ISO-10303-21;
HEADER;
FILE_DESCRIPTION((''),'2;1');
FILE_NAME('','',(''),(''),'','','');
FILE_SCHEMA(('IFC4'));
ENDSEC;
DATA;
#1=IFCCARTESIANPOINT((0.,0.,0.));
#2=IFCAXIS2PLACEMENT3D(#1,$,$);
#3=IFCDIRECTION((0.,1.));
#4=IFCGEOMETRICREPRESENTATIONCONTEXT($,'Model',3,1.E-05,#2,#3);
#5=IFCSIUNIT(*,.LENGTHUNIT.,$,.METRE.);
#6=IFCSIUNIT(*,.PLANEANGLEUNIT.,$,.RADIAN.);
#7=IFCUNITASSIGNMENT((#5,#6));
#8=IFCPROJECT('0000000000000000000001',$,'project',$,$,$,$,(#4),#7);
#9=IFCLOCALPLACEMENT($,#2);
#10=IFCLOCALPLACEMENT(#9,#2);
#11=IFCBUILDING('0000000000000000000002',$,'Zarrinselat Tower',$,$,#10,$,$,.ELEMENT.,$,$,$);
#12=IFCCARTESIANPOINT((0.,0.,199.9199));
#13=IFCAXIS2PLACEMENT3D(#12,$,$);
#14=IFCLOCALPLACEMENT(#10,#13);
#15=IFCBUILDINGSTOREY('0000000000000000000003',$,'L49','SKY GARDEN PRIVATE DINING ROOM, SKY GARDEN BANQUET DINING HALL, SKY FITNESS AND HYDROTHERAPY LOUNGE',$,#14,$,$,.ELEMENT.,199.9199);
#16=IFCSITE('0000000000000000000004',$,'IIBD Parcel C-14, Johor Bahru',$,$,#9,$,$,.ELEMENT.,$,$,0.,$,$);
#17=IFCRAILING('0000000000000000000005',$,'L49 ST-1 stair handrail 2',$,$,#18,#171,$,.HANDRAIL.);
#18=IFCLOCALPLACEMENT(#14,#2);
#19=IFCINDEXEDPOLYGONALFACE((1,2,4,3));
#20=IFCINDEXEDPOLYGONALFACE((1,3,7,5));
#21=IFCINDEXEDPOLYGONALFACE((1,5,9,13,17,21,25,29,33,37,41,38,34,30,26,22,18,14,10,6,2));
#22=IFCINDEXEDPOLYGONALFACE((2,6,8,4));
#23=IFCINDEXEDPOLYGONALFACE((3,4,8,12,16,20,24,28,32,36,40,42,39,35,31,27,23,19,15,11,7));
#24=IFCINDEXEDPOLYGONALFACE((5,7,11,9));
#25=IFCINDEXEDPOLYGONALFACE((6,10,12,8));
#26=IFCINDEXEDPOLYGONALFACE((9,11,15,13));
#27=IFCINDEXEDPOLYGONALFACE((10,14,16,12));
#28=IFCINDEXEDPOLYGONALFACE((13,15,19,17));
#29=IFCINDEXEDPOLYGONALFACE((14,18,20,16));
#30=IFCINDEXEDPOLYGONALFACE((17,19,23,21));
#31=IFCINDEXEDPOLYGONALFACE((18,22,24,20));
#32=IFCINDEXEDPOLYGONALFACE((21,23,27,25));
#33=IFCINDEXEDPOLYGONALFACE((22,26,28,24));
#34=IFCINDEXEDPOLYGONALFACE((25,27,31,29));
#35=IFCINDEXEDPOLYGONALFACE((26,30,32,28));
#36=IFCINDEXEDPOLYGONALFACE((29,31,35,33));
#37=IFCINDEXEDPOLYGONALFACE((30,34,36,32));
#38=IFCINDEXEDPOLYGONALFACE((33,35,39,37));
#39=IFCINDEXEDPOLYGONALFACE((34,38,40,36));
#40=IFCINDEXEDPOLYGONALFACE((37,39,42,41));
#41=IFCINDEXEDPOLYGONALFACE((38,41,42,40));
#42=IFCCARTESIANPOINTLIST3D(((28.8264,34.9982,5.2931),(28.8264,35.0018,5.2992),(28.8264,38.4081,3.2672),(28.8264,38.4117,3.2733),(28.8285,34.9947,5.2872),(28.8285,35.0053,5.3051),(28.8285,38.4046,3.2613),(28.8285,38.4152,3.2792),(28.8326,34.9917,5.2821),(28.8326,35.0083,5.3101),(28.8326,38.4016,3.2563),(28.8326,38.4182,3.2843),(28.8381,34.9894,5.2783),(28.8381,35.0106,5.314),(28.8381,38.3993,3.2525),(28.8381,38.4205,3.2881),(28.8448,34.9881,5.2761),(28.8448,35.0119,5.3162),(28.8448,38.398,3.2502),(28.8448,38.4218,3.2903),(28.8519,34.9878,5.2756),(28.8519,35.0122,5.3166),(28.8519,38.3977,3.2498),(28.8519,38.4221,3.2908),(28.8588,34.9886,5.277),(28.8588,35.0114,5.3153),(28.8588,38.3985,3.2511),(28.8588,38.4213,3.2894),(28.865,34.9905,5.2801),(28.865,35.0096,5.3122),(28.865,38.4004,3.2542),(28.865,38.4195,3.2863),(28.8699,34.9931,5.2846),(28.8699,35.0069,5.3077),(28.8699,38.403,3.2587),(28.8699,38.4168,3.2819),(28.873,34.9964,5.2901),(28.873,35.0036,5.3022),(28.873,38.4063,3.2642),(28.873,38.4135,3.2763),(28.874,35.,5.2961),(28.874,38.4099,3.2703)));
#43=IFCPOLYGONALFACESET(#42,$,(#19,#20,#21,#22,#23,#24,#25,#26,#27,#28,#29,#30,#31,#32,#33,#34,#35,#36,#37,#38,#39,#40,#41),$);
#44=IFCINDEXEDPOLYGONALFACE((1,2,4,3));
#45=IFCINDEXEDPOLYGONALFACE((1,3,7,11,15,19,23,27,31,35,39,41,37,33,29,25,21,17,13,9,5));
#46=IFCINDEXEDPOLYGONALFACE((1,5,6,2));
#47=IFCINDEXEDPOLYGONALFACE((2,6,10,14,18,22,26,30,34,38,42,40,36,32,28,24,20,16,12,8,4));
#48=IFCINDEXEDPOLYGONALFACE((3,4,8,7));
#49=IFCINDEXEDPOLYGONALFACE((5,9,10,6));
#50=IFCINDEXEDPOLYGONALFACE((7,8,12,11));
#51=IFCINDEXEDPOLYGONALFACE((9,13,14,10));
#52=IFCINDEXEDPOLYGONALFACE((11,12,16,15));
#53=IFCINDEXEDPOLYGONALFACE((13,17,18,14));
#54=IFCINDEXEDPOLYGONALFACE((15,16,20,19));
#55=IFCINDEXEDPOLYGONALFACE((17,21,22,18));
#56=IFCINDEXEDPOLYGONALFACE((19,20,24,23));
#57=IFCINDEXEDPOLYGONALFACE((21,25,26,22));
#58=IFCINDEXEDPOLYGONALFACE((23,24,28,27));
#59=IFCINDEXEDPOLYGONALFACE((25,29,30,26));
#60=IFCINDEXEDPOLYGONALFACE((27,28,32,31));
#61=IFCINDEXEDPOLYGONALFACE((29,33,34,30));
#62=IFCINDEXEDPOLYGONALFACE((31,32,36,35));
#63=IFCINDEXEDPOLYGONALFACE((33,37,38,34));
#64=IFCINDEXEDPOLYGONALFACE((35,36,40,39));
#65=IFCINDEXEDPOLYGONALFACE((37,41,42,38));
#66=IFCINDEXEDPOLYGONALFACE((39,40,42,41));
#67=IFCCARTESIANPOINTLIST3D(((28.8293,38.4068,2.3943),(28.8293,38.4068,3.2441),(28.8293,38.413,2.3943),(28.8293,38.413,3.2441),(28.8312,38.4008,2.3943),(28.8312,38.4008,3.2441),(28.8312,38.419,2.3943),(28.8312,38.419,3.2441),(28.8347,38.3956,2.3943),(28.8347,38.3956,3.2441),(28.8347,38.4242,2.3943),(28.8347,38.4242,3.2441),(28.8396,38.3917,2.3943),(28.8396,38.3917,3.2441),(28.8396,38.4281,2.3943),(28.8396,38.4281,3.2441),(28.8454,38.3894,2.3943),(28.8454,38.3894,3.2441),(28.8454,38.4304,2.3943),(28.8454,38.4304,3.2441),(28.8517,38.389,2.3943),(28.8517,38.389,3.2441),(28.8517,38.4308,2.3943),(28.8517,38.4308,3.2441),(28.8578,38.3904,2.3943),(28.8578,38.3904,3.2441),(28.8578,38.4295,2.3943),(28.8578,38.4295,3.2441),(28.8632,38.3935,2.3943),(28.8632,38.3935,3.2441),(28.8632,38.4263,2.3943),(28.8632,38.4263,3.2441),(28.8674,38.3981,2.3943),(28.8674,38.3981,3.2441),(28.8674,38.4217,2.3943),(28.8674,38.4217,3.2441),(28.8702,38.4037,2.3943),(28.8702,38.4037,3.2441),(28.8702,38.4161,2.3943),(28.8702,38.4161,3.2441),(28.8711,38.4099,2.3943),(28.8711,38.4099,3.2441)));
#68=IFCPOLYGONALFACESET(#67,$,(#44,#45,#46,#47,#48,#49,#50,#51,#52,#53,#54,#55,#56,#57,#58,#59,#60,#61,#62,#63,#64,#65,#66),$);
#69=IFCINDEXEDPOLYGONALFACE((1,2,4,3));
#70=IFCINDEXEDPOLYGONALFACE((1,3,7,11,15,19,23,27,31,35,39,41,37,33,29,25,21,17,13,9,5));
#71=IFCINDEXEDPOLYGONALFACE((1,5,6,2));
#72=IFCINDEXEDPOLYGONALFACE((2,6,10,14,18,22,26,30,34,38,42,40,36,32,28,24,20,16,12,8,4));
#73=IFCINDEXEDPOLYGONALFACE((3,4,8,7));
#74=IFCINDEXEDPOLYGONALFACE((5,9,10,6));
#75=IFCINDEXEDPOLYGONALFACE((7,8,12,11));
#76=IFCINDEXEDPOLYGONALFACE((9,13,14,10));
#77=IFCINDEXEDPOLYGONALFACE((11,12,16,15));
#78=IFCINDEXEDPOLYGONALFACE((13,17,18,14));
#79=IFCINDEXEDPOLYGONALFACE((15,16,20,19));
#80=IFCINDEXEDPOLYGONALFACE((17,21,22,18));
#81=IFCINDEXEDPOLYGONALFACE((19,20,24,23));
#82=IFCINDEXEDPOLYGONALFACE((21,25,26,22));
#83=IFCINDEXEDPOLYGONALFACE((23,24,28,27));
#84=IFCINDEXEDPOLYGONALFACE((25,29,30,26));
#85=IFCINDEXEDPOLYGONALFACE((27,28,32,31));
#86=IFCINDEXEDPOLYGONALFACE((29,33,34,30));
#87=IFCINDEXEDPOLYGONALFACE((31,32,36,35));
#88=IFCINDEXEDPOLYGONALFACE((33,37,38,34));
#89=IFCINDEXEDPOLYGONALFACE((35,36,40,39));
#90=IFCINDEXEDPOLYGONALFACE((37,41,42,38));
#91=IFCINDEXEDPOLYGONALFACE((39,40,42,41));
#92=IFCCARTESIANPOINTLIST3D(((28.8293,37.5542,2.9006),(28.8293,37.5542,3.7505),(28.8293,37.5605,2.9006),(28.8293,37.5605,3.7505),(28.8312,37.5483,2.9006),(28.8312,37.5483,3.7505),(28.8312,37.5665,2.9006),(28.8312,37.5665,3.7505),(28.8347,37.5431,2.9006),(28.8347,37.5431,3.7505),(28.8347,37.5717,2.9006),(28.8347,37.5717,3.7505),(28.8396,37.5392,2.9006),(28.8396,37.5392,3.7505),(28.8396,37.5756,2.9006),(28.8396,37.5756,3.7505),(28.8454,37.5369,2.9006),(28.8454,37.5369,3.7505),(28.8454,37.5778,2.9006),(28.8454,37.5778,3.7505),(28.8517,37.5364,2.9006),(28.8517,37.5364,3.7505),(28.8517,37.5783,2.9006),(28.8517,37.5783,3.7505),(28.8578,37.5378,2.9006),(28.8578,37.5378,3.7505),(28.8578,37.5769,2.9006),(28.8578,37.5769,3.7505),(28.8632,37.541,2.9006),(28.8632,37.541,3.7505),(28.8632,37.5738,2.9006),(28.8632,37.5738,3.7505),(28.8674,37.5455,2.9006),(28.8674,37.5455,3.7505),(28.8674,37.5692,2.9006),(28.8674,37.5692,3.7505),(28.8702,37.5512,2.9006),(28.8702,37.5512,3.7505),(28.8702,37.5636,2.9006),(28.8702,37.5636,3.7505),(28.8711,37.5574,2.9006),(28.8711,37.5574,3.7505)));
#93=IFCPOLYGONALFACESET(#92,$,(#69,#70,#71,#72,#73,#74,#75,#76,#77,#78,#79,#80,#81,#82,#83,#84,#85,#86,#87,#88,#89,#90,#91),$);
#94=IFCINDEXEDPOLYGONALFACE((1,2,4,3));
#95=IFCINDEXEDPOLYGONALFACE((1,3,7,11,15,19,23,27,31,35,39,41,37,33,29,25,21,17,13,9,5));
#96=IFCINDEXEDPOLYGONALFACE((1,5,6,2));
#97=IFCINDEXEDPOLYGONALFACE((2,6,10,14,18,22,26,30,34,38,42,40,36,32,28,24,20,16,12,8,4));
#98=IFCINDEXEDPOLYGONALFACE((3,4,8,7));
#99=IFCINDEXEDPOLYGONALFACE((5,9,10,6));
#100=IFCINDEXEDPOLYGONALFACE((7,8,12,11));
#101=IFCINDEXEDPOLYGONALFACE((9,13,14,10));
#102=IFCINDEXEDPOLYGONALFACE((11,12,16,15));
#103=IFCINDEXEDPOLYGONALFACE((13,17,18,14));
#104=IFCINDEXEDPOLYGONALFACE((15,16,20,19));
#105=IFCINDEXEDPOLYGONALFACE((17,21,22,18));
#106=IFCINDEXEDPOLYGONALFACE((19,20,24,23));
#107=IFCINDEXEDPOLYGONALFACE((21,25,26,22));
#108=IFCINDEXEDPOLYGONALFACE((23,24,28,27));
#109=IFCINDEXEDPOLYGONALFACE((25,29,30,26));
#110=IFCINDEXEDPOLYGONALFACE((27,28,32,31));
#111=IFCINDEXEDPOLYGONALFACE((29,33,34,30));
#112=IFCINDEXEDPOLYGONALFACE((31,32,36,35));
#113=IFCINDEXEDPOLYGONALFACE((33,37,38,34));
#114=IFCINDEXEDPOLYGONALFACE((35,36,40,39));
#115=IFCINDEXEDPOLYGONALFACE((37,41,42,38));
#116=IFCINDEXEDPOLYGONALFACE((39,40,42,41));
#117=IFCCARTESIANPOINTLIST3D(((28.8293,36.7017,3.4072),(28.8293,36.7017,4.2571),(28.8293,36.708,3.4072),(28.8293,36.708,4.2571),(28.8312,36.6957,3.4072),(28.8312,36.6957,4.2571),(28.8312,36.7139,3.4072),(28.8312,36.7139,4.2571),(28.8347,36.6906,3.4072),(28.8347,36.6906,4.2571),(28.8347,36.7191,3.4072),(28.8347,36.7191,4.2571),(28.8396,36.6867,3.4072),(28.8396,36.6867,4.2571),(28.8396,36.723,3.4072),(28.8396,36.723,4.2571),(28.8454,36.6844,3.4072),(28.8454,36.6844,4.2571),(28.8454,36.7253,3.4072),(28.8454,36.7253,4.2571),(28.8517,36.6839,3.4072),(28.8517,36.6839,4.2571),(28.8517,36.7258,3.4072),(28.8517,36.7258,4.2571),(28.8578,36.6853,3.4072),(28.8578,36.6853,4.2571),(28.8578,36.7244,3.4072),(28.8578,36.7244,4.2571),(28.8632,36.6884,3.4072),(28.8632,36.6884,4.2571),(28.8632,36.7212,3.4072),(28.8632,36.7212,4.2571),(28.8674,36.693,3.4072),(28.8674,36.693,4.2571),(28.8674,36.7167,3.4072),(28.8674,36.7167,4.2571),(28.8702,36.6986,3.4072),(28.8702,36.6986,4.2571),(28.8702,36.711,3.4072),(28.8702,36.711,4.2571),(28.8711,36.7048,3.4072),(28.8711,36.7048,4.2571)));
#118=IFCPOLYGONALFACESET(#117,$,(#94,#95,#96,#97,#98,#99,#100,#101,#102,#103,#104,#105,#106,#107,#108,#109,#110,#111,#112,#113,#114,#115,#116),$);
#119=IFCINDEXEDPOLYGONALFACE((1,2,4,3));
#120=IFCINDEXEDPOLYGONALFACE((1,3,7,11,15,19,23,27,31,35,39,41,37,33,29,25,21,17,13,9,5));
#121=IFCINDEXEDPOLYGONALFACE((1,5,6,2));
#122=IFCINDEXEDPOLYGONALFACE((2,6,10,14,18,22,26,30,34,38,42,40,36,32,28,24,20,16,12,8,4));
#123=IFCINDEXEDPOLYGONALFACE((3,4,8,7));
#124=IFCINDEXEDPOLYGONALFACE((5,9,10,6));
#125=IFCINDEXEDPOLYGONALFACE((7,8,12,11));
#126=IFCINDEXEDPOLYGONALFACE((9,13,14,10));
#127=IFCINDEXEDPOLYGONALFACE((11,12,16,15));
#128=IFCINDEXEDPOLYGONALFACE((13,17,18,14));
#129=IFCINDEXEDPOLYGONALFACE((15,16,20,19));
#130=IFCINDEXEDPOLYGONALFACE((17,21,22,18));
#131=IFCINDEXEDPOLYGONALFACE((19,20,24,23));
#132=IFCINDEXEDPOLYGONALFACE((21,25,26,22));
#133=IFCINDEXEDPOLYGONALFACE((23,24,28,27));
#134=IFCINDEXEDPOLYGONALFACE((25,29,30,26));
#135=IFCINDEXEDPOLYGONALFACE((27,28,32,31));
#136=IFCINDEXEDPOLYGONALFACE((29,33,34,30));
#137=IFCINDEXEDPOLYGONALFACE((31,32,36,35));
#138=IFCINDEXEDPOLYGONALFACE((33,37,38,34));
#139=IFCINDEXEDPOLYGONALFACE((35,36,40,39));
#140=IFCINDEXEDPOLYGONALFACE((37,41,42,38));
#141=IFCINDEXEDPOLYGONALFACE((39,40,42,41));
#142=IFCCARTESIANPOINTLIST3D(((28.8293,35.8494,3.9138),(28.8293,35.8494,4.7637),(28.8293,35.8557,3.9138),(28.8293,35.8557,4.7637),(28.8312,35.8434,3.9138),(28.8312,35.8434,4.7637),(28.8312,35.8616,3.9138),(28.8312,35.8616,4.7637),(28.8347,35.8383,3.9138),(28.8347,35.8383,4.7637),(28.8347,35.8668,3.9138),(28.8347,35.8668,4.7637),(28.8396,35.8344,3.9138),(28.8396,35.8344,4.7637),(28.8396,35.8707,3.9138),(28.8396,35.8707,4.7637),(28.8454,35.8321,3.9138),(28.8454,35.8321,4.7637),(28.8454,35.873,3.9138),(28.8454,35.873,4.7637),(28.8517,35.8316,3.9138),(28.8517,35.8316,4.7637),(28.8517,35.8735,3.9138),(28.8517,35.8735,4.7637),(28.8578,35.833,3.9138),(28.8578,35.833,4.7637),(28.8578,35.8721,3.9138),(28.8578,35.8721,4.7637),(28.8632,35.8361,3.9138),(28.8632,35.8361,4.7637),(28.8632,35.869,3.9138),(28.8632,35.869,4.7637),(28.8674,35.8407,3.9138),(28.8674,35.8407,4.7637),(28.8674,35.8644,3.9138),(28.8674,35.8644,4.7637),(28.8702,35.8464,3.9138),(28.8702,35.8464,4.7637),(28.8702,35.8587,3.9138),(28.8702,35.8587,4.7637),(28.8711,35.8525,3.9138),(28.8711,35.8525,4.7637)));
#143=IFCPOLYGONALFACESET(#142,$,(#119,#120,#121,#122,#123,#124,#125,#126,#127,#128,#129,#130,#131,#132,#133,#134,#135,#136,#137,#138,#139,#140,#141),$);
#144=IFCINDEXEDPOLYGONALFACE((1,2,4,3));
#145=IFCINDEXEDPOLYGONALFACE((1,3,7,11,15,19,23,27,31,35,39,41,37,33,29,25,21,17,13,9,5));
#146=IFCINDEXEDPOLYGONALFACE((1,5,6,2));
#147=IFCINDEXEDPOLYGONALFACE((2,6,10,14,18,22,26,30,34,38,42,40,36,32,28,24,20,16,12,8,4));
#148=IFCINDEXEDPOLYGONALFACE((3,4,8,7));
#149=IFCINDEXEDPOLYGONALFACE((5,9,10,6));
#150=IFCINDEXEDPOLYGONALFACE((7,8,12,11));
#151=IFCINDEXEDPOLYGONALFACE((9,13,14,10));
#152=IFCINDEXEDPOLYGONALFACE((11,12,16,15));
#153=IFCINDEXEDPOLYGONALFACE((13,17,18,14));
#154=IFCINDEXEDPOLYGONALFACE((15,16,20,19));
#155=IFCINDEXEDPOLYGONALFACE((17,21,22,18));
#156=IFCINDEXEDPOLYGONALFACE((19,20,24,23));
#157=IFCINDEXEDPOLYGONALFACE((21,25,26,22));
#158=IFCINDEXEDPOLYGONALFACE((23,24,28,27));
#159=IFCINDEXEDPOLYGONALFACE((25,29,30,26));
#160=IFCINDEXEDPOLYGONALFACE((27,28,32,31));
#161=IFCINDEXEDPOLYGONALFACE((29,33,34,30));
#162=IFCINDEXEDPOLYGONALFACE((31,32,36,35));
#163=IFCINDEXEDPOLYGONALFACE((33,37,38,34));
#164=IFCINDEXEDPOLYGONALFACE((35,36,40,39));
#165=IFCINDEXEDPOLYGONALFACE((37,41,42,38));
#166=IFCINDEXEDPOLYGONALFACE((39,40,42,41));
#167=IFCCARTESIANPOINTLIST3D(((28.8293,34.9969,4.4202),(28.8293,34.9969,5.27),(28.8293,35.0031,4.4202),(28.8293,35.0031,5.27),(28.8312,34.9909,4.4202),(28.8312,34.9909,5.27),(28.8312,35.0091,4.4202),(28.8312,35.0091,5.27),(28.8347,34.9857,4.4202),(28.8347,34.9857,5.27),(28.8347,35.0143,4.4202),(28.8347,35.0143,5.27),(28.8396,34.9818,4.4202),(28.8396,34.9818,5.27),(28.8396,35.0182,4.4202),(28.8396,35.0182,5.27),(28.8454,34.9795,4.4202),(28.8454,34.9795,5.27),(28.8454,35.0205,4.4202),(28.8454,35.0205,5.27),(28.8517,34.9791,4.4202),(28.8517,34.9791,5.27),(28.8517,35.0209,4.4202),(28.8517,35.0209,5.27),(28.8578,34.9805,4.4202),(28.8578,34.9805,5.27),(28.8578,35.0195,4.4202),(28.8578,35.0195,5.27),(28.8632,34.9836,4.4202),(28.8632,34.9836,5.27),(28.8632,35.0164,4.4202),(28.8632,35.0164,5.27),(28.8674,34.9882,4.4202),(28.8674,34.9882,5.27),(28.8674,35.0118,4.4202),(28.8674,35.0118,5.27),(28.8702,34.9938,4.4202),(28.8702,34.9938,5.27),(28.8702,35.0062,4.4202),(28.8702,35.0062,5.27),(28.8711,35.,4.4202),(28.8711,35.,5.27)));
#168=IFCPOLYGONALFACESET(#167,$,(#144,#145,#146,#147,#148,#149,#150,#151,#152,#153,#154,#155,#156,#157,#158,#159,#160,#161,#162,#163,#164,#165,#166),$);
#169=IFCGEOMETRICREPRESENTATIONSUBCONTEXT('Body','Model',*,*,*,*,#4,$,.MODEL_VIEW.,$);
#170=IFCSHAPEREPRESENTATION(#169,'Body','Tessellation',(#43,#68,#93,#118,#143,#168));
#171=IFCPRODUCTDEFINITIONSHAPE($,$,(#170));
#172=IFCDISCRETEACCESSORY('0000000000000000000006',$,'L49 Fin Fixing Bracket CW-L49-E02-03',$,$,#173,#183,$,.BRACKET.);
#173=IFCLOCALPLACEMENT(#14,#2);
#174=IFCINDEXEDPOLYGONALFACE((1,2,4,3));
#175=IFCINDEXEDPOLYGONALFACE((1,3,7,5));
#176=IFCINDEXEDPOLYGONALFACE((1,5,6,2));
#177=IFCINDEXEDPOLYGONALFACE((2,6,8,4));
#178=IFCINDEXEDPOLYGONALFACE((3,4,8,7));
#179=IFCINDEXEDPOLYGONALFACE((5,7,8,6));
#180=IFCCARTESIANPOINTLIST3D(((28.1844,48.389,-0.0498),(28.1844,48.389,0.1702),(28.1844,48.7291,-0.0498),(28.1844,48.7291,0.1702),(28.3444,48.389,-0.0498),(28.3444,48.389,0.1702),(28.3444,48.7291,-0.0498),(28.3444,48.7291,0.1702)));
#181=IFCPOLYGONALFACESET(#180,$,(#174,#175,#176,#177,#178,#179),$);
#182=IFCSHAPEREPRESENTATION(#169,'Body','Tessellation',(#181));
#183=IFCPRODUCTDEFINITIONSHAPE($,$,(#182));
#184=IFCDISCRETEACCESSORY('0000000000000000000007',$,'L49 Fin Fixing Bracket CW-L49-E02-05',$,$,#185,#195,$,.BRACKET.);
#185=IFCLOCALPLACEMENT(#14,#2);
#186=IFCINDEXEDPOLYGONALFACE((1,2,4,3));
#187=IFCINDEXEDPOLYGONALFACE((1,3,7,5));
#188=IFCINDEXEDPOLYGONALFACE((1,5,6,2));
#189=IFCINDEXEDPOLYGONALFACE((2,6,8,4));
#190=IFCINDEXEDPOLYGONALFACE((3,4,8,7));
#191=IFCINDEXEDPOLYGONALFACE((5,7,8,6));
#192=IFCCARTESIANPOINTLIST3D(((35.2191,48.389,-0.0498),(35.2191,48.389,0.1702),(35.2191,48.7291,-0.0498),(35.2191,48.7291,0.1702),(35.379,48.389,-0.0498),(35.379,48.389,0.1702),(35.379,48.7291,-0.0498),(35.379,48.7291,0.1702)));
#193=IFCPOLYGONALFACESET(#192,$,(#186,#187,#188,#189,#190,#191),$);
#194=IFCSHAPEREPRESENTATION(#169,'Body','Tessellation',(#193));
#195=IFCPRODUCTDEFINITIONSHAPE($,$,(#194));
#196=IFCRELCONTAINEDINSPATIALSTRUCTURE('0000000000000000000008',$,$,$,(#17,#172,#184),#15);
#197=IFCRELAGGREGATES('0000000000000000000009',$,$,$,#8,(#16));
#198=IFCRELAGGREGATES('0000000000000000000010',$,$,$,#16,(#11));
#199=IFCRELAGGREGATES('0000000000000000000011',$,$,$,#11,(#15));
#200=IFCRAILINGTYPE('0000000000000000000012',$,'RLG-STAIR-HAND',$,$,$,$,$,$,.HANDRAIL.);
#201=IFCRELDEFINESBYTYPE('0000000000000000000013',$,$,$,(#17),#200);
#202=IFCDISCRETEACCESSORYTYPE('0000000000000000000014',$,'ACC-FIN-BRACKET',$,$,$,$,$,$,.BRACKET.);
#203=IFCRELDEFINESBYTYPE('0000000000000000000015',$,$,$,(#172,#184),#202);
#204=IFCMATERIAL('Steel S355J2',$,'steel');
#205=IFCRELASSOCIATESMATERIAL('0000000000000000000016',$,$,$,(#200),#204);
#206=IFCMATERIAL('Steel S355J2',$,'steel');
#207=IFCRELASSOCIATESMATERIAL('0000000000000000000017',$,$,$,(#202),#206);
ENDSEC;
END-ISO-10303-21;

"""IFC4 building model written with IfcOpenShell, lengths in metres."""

from ifc_helpers import new_model, si_unit, direction, frame, origin, origin_2d, place, context, subcontext, project, spatial, rectangle, circle, extrude, material, type_object, element, save


model = new_model("IFC4")

# Units and contexts
model_context = context("Model", 3, precision=1e-05, world=origin(), true_north=direction((0.0, 1.0)))
body_context = subcontext(model_context, "Body", "Model", "MODEL_VIEW")
ifc_project = project(units=[si_unit("LENGTHUNIT", "METRE"), si_unit("PLANEANGLEUNIT", "RADIAN")], contexts=[model_context])

# Site, building, storey
site_placement = place(None, origin())
site = spatial("IfcSite", under=ifc_project, at=site_placement, Name="IIBD Parcel C-14, Johor Bahru", CompositionType="ELEMENT", RefElevation=0.0)
building_placement = place(site_placement, origin())
building = spatial("IfcBuilding", under=site, at=building_placement, Name="Zarrinselat Tower", CompositionType="ELEMENT")
storey_placement = place(building_placement, frame((0.0, 0.0, 199.9199)))
storey = spatial("IfcBuildingStorey", under=building, at=storey_placement, Name="L49", Description="SKY GARDEN PRIVATE DINING ROOM, SKY GARDEN BANQUET DINING HALL, SKY FITNESS AND HYDROTHERAPY LOUNGE", CompositionType="ELEMENT", Elevation=199.9199)

# Railing
ifc_material_1 = material(Name="Steel S355J2", Category="steel")
railing_type_1 = type_object("IfcRailingType", Name="RLG-STAIR-HAND", PredefinedType="HANDRAIL", material=ifc_material_1)
railing_1_placement = place(storey_placement, frame((28.8501, 38.4099, 2.3943)))
element("IfcRailing", 1, at=railing_1_placement, inside=storey, type_object=railing_type_1, Name="L49 ST-1 stair handrail 2", PredefinedType="HANDRAIL", context=body_context, shape_type="SweptSolid", body=[
    extrude(circle(Radius=0.0239, at=origin_2d()), frame((0.0, 0.0, 0.876), z_axis=(0.0, -0.859717, 0.510771), x_axis=(1.0, 0.0, 0.0)), (0.0, 0.0, 1.0), 3.9663),
    extrude(circle(Radius=0.021, at=origin_2d()), origin(), (0.0, 0.0, 1.0), 0.8499),
    extrude(circle(Radius=0.021, at=origin_2d()), frame((0.0, -0.8525, 0.5063)), (0.0, 0.0, 1.0), 0.8499),
    extrude(circle(Radius=0.021, at=origin_2d()), frame((0.0, -1.7051, 1.0129)), (0.0, 0.0, 1.0), 0.8499),
    extrude(circle(Radius=0.021, at=origin_2d()), frame((0.0, -2.5574, 1.5195)), (0.0, 0.0, 1.0), 0.8499),
    extrude(circle(Radius=0.021, at=origin_2d()), frame((0.0, -3.4099, 2.0259)), (0.0, 0.0, 1.0), 0.8499),
])

# Discrete accessories
ifc_material_2 = material(Name="Steel S355J2", Category="steel")
discrete_accessory_type = type_object("IfcDiscreteAccessoryType", Name="ACC-FIN-BRACKET", PredefinedType="BRACKET", material=ifc_material_2)
for number, where, z_axis, x_axis, name in (
    (2, (28.2644, 48.5591, -0.0498), (0.0, 0.0, 1.0), (0.0, 1.0, 0.0), "L49 Fin Fixing Bracket CW-L49-E02-03"),
    (3, (35.2991, 48.5591, -0.0498), (0.0, 0.0, 1.0), (0.0, 1.0, 0.0), "L49 Fin Fixing Bracket CW-L49-E02-05"),
):
    element("IfcDiscreteAccessory", number, at=place(storey_placement, frame(where, z_axis=z_axis, x_axis=x_axis)), inside=storey, type_object=discrete_accessory_type, Name=name, PredefinedType="BRACKET", context=body_context, shape_type="SweptSolid", body=[
        extrude(rectangle(XDim=0.3401, YDim=0.1599, at=origin_2d()), origin(), (0.0, 0.0, 1.0), 0.22),
    ])

save(model, "model.ifc")
